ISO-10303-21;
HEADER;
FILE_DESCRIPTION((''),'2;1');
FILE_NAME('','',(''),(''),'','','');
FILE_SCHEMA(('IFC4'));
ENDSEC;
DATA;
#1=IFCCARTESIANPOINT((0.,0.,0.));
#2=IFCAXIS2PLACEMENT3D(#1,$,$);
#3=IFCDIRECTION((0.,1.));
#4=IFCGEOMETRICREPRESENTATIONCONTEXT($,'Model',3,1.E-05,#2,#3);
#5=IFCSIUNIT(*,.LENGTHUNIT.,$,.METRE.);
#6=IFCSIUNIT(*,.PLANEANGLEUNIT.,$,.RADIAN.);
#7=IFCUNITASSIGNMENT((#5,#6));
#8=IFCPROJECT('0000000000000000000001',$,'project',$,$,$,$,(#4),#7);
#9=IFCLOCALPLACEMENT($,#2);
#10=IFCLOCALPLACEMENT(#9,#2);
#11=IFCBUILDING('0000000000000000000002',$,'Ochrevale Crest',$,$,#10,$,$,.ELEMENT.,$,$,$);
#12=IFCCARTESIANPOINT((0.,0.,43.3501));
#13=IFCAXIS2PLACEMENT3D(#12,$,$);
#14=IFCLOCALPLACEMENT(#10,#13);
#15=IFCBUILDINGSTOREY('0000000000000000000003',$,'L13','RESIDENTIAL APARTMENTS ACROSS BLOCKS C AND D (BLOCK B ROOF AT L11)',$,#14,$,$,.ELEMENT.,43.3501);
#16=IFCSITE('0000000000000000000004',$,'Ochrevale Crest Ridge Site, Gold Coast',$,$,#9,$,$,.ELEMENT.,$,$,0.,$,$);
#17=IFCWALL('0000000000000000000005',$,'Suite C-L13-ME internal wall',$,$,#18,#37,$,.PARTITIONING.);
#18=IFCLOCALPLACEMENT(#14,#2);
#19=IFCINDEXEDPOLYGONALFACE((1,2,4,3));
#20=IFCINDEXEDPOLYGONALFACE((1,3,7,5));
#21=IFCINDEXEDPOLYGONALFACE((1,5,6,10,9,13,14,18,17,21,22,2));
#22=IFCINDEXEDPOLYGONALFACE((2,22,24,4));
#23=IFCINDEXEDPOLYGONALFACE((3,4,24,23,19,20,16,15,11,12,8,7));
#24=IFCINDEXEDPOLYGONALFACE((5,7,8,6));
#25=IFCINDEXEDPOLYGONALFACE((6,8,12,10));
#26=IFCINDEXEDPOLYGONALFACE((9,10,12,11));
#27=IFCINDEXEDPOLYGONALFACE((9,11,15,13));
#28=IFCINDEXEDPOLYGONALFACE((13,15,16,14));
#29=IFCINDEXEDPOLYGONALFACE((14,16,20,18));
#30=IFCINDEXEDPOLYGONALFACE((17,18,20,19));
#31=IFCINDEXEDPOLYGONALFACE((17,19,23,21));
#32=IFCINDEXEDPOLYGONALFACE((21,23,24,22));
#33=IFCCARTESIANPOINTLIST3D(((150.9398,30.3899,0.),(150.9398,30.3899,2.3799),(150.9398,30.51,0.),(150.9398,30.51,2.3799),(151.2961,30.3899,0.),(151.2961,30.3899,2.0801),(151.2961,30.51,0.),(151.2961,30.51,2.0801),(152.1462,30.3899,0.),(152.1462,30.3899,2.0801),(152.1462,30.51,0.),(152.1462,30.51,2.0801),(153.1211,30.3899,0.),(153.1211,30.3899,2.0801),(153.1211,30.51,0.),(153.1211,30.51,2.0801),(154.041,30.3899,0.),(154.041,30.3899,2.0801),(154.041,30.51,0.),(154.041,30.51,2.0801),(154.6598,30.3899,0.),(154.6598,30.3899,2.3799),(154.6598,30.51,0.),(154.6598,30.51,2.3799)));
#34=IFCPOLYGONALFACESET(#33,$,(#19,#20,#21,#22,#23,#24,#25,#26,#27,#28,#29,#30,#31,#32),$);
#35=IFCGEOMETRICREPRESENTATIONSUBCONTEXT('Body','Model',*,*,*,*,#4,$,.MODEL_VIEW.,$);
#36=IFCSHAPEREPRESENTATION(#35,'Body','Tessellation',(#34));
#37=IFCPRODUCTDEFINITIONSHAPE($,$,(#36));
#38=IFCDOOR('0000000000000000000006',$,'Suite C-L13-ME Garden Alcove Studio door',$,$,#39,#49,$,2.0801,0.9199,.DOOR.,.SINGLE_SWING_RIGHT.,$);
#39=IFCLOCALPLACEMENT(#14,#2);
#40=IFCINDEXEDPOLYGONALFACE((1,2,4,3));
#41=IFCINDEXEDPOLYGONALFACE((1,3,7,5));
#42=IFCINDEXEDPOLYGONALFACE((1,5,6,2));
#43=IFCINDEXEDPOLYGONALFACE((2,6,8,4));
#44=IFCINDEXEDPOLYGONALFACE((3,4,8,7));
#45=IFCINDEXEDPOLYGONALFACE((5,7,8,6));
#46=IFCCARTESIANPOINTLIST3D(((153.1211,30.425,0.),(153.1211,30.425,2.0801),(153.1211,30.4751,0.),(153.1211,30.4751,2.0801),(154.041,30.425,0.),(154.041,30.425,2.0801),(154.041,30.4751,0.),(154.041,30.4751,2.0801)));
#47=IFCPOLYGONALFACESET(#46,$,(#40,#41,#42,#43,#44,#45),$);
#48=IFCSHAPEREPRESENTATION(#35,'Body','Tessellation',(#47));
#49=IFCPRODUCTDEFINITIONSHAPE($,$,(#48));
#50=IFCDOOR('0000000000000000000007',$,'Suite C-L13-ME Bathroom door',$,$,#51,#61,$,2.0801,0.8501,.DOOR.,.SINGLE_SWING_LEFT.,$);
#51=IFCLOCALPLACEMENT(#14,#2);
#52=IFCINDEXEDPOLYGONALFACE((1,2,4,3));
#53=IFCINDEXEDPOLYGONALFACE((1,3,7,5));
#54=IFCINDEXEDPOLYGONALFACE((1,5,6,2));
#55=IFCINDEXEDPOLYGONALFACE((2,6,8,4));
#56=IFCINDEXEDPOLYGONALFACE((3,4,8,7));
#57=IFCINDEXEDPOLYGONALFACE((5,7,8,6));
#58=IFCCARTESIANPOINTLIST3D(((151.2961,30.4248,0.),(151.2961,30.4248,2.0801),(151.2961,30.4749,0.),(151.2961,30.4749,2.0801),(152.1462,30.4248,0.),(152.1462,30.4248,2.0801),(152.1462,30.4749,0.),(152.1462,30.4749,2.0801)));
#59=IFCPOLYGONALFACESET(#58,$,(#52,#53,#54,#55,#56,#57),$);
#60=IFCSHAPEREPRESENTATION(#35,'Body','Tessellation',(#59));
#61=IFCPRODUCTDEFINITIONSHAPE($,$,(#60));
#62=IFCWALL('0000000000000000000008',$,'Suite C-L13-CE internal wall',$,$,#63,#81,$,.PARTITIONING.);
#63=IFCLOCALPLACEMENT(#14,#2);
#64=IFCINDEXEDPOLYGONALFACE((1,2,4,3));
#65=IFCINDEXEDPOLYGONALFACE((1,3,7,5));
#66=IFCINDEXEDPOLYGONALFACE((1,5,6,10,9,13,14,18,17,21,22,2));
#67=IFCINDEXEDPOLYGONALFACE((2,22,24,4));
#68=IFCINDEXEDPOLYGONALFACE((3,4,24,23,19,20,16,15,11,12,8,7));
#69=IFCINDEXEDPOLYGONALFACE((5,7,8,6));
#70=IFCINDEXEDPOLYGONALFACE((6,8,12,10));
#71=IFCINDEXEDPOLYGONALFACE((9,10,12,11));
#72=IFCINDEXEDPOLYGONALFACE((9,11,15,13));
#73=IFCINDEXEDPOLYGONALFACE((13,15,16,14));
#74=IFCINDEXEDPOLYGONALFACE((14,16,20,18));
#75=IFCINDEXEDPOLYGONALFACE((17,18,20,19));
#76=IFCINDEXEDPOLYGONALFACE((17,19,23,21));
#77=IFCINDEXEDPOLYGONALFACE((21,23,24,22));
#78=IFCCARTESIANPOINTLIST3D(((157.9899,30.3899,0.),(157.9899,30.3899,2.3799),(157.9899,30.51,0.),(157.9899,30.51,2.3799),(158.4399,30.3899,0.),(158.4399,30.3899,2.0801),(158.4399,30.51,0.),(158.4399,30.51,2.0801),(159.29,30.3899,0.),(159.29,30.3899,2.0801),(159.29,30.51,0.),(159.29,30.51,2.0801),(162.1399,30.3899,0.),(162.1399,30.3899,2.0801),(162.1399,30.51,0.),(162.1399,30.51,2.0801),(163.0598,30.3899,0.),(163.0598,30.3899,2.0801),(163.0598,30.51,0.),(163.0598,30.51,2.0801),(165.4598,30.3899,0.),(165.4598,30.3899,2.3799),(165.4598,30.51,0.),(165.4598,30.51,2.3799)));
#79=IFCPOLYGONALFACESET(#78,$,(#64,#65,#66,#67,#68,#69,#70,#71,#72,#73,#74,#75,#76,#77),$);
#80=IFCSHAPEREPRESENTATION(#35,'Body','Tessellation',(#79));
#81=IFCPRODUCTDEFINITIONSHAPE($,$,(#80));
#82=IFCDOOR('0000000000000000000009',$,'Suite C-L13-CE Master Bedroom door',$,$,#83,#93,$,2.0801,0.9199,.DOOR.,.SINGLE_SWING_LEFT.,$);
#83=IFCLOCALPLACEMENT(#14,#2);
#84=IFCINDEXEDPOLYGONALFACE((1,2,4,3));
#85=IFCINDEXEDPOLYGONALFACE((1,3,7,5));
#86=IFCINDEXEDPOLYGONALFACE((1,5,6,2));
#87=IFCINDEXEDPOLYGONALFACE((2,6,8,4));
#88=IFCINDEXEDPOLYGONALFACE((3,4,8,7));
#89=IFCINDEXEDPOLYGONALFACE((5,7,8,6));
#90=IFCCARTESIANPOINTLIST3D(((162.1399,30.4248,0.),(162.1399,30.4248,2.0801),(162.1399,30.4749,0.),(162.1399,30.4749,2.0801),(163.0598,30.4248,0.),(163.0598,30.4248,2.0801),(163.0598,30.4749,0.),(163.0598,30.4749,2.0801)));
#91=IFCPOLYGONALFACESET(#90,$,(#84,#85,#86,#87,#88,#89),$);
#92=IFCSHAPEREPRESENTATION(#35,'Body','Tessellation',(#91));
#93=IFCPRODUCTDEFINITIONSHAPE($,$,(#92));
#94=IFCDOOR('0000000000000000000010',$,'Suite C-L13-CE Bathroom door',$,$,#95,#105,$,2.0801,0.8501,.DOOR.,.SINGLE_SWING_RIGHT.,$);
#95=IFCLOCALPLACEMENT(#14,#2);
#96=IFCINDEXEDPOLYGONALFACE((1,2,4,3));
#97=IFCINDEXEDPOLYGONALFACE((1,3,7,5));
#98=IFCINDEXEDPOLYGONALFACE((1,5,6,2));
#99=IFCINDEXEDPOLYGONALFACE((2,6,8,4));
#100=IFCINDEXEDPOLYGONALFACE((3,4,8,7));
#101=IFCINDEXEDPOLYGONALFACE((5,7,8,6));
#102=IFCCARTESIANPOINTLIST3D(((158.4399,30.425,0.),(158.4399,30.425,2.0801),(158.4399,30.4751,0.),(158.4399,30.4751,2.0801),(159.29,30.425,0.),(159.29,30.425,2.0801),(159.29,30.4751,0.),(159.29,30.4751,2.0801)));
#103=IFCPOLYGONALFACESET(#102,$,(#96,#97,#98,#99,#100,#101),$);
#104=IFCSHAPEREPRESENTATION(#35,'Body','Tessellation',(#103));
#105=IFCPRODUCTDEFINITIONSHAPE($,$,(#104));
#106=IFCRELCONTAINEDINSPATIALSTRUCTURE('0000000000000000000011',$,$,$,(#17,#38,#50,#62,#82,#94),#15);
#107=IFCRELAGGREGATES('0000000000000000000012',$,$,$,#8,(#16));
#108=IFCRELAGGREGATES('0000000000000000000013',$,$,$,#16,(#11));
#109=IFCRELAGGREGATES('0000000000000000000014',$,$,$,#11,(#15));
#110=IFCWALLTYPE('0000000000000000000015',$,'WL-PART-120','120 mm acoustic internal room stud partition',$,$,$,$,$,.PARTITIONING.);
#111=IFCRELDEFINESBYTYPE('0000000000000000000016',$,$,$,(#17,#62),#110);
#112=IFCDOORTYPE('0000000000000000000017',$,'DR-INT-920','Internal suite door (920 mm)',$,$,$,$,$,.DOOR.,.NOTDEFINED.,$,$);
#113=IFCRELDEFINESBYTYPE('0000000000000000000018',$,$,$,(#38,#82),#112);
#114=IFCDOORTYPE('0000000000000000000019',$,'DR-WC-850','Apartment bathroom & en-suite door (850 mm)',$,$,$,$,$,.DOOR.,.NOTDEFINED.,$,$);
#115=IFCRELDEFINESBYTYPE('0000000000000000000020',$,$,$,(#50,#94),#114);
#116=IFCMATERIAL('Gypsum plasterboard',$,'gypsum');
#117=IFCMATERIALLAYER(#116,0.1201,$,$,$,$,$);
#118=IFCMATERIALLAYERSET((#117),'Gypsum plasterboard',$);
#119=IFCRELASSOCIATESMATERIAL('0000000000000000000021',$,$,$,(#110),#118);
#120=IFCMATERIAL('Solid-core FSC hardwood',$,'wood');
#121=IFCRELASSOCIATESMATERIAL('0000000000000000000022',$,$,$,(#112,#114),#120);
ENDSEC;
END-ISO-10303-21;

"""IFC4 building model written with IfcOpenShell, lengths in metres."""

from ifc_helpers import new_model, si_unit, direction, frame, frame_2d, origin, place, context, subcontext, project, spatial, rectangle, extrude, material, layer, layer_set, type_object, element, fill, save


model = new_model("IFC4")

# Units and contexts
model_context = context("Model", 3, precision=1e-05, world=origin(), true_north=direction((0.0, 1.0)))
body_context = subcontext(model_context, "Body", "Model", "MODEL_VIEW")
ifc_project = project(units=[si_unit("LENGTHUNIT", "METRE"), si_unit("PLANEANGLEUNIT", "RADIAN")], contexts=[model_context])

# Site, building, storey
site_placement = place(None, origin())
site = spatial("IfcSite", under=ifc_project, at=site_placement, Name="Ochrevale Crest Ridge Site, Gold Coast", CompositionType="ELEMENT", RefElevation=0.0)
building_placement = place(site_placement, origin())
building = spatial("IfcBuilding", under=site, at=building_placement, Name="Ochrevale Crest", CompositionType="ELEMENT")
storey_placement = place(building_placement, frame((0.0, 0.0, 43.3501)))
storey = spatial("IfcBuildingStorey", under=building, at=storey_placement, Name="L13", Description="RESIDENTIAL APARTMENTS ACROSS BLOCKS C AND D (BLOCK B ROOF AT L11)", CompositionType="ELEMENT", Elevation=43.3501)

# Walls, openings, doors
ifc_material_1 = material(Name="Gypsum plasterboard", Category="gypsum")
ifc_layer_1 = layer(ifc_material_1, 0.1201)
ifc_layer_set_1 = layer_set([ifc_layer_1], Name="Gypsum plasterboard")
wall_type_1 = type_object("IfcWallType", Name="WL-PART-120", Description="120 mm acoustic internal room stud partition", PredefinedType="PARTITIONING", material=ifc_layer_set_1)
wall_1_placement = place(storey_placement, frame((150.9399, 30.45, 0.0), z_axis=(0.0, 0.0, 1.0), x_axis=(1.0, 0.0, 0.0)))
wall_1 = element("IfcWall", 1, at=wall_1_placement, inside=storey, type_object=wall_type_1, Name="Suite C-L13-ME internal wall", PredefinedType="PARTITIONING", context=body_context, shape_type="SweptSolid", body=[
    extrude(rectangle(XDim=3.72, YDim=0.1201, at=frame_2d((1.8599, 0.0))), origin(), (0.0, 0.0, 1.0), 2.3799),
])
opening_1_placement = place(wall_1_placement, frame((0.3562, 0.0, 0.0)))
opening_1 = element("IfcOpeningElement", 2, at=opening_1_placement, cuts=wall_1, PredefinedType="OPENING", context=body_context, shape_type="SweptSolid", body=[
    extrude(rectangle(XDim=0.8501, YDim=2.0801, at=frame_2d((0.425, 1.04))), frame((0.0, 0.0701, 0.0), z_axis=(0.0, -1.0, 0.0), x_axis=(1.0, 0.0, 0.0)), (0.0, 0.0, 1.0), 0.1401),
])
opening_2_placement = place(wall_1_placement, frame((3.1011, 0.0, 0.0), z_axis=(0.0, 0.0, 1.0), x_axis=(-1.0, 0.0, 0.0)))
opening_2 = element("IfcOpeningElement", 3, at=opening_2_placement, cuts=wall_1, PredefinedType="OPENING", context=body_context, shape_type="SweptSolid", body=[
    extrude(rectangle(XDim=0.9199, YDim=2.0801, at=frame_2d((0.46, 1.04))), frame((0.0, 0.0701, 0.0), z_axis=(0.0, -1.0, 0.0), x_axis=(1.0, 0.0, 0.0)), (0.0, 0.0, 1.0), 0.1401),
])
ifc_material_2 = material(Name="Solid-core FSC hardwood", Category="wood")
door_type_1 = type_object("IfcDoorType", Name="DR-INT-920", Description="Internal suite door (920 mm)", OperationType="NOTDEFINED", PredefinedType="DOOR", material=ifc_material_2)
door_1_placement = place(opening_2_placement, origin())
door_1 = element("IfcDoor", 4, at=door_1_placement, inside=storey, type_object=door_type_1, Name="Suite C-L13-ME Garden Alcove Studio door", OperationType="SINGLE_SWING_RIGHT", OverallHeight=2.0801, OverallWidth=0.9199, PredefinedType="DOOR", context=body_context, shape_type="SweptSolid", body=[
    extrude(rectangle(XDim=0.9199, YDim=2.0801, at=frame_2d((0.46, 1.04))), frame((0.0, 0.0249, 0.0), z_axis=(0.0, -1.0, 0.0), x_axis=(1.0, 0.0, 0.0)), (0.0, 0.0, 1.0), 0.05),
])
fill(opening_2, door_1)
door_type_2 = type_object("IfcDoorType", Name="DR-WC-850", Description="Apartment bathroom & en-suite door (850 mm)", OperationType="NOTDEFINED", PredefinedType="DOOR", material=ifc_material_2)
door_2_placement = place(opening_1_placement, origin())
door_2 = element("IfcDoor", 5, at=door_2_placement, inside=storey, type_object=door_type_2, Name="Suite C-L13-ME Bathroom door", OperationType="SINGLE_SWING_LEFT", OverallHeight=2.0801, OverallWidth=0.8501, PredefinedType="DOOR", context=body_context, shape_type="SweptSolid", body=[
    extrude(rectangle(XDim=0.8501, YDim=2.0801, at=frame_2d((0.425, 1.04))), frame((0.0, 0.0249, 0.0), z_axis=(0.0, -1.0, 0.0), x_axis=(1.0, 0.0, 0.0)), (0.0, 0.0, 1.0), 0.05),
])
fill(opening_1, door_2)
wall_2_placement = place(storey_placement, frame((157.99, 30.45, 0.0), z_axis=(0.0, 0.0, 1.0), x_axis=(1.0, 0.0, 0.0)))
wall_2 = element("IfcWall", 6, at=wall_2_placement, inside=storey, type_object=wall_type_1, Name="Suite C-L13-CE internal wall", PredefinedType="PARTITIONING", context=body_context, shape_type="SweptSolid", body=[
    extrude(rectangle(XDim=7.47, YDim=0.1201, at=frame_2d((3.7349, 0.0))), origin(), (0.0, 0.0, 1.0), 2.3799),
])
opening_3_placement = place(wall_2_placement, frame((1.3, 0.0, 0.0), z_axis=(0.0, 0.0, 1.0), x_axis=(-1.0, 0.0, 0.0)))
opening_3 = element("IfcOpeningElement", 7, at=opening_3_placement, cuts=wall_2, PredefinedType="OPENING", context=body_context, shape_type="SweptSolid", body=[
    extrude(rectangle(XDim=0.8501, YDim=2.0801, at=frame_2d((0.425, 1.04))), frame((0.0, 0.0701, 0.0), z_axis=(0.0, -1.0, 0.0), x_axis=(1.0, 0.0, 0.0)), (0.0, 0.0, 1.0), 0.1401),
])
opening_4_placement = place(wall_2_placement, frame((4.1499, 0.0, 0.0)))
opening_4 = element("IfcOpeningElement", 8, at=opening_4_placement, cuts=wall_2, PredefinedType="OPENING", context=body_context, shape_type="SweptSolid", body=[
    extrude(rectangle(XDim=0.9199, YDim=2.0801, at=frame_2d((0.46, 1.04))), frame((0.0, 0.0701, 0.0), z_axis=(0.0, -1.0, 0.0), x_axis=(1.0, 0.0, 0.0)), (0.0, 0.0, 1.0), 0.1401),
])
door_3_placement = place(opening_4_placement, origin())
door_3 = element("IfcDoor", 9, at=door_3_placement, inside=storey, type_object=door_type_1, Name="Suite C-L13-CE Master Bedroom door", OperationType="SINGLE_SWING_LEFT", OverallHeight=2.0801, OverallWidth=0.9199, PredefinedType="DOOR", context=body_context, shape_type="SweptSolid", body=[
    extrude(rectangle(XDim=0.9199, YDim=2.0801, at=frame_2d((0.46, 1.04))), frame((0.0, 0.0249, 0.0), z_axis=(0.0, -1.0, 0.0), x_axis=(1.0, 0.0, 0.0)), (0.0, 0.0, 1.0), 0.05),
])
fill(opening_4, door_3)
door_4_placement = place(opening_3_placement, origin())
door_4 = element("IfcDoor", 10, at=door_4_placement, inside=storey, type_object=door_type_2, Name="Suite C-L13-CE Bathroom door", OperationType="SINGLE_SWING_RIGHT", OverallHeight=2.0801, OverallWidth=0.8501, PredefinedType="DOOR", context=body_context, shape_type="SweptSolid", body=[
    extrude(rectangle(XDim=0.8501, YDim=2.0801, at=frame_2d((0.425, 1.04))), frame((0.0, 0.0249, 0.0), z_axis=(0.0, -1.0, 0.0), x_axis=(1.0, 0.0, 0.0)), (0.0, 0.0, 1.0), 0.05),
])
fill(opening_3, door_4)

save(model, "model.ifc")
